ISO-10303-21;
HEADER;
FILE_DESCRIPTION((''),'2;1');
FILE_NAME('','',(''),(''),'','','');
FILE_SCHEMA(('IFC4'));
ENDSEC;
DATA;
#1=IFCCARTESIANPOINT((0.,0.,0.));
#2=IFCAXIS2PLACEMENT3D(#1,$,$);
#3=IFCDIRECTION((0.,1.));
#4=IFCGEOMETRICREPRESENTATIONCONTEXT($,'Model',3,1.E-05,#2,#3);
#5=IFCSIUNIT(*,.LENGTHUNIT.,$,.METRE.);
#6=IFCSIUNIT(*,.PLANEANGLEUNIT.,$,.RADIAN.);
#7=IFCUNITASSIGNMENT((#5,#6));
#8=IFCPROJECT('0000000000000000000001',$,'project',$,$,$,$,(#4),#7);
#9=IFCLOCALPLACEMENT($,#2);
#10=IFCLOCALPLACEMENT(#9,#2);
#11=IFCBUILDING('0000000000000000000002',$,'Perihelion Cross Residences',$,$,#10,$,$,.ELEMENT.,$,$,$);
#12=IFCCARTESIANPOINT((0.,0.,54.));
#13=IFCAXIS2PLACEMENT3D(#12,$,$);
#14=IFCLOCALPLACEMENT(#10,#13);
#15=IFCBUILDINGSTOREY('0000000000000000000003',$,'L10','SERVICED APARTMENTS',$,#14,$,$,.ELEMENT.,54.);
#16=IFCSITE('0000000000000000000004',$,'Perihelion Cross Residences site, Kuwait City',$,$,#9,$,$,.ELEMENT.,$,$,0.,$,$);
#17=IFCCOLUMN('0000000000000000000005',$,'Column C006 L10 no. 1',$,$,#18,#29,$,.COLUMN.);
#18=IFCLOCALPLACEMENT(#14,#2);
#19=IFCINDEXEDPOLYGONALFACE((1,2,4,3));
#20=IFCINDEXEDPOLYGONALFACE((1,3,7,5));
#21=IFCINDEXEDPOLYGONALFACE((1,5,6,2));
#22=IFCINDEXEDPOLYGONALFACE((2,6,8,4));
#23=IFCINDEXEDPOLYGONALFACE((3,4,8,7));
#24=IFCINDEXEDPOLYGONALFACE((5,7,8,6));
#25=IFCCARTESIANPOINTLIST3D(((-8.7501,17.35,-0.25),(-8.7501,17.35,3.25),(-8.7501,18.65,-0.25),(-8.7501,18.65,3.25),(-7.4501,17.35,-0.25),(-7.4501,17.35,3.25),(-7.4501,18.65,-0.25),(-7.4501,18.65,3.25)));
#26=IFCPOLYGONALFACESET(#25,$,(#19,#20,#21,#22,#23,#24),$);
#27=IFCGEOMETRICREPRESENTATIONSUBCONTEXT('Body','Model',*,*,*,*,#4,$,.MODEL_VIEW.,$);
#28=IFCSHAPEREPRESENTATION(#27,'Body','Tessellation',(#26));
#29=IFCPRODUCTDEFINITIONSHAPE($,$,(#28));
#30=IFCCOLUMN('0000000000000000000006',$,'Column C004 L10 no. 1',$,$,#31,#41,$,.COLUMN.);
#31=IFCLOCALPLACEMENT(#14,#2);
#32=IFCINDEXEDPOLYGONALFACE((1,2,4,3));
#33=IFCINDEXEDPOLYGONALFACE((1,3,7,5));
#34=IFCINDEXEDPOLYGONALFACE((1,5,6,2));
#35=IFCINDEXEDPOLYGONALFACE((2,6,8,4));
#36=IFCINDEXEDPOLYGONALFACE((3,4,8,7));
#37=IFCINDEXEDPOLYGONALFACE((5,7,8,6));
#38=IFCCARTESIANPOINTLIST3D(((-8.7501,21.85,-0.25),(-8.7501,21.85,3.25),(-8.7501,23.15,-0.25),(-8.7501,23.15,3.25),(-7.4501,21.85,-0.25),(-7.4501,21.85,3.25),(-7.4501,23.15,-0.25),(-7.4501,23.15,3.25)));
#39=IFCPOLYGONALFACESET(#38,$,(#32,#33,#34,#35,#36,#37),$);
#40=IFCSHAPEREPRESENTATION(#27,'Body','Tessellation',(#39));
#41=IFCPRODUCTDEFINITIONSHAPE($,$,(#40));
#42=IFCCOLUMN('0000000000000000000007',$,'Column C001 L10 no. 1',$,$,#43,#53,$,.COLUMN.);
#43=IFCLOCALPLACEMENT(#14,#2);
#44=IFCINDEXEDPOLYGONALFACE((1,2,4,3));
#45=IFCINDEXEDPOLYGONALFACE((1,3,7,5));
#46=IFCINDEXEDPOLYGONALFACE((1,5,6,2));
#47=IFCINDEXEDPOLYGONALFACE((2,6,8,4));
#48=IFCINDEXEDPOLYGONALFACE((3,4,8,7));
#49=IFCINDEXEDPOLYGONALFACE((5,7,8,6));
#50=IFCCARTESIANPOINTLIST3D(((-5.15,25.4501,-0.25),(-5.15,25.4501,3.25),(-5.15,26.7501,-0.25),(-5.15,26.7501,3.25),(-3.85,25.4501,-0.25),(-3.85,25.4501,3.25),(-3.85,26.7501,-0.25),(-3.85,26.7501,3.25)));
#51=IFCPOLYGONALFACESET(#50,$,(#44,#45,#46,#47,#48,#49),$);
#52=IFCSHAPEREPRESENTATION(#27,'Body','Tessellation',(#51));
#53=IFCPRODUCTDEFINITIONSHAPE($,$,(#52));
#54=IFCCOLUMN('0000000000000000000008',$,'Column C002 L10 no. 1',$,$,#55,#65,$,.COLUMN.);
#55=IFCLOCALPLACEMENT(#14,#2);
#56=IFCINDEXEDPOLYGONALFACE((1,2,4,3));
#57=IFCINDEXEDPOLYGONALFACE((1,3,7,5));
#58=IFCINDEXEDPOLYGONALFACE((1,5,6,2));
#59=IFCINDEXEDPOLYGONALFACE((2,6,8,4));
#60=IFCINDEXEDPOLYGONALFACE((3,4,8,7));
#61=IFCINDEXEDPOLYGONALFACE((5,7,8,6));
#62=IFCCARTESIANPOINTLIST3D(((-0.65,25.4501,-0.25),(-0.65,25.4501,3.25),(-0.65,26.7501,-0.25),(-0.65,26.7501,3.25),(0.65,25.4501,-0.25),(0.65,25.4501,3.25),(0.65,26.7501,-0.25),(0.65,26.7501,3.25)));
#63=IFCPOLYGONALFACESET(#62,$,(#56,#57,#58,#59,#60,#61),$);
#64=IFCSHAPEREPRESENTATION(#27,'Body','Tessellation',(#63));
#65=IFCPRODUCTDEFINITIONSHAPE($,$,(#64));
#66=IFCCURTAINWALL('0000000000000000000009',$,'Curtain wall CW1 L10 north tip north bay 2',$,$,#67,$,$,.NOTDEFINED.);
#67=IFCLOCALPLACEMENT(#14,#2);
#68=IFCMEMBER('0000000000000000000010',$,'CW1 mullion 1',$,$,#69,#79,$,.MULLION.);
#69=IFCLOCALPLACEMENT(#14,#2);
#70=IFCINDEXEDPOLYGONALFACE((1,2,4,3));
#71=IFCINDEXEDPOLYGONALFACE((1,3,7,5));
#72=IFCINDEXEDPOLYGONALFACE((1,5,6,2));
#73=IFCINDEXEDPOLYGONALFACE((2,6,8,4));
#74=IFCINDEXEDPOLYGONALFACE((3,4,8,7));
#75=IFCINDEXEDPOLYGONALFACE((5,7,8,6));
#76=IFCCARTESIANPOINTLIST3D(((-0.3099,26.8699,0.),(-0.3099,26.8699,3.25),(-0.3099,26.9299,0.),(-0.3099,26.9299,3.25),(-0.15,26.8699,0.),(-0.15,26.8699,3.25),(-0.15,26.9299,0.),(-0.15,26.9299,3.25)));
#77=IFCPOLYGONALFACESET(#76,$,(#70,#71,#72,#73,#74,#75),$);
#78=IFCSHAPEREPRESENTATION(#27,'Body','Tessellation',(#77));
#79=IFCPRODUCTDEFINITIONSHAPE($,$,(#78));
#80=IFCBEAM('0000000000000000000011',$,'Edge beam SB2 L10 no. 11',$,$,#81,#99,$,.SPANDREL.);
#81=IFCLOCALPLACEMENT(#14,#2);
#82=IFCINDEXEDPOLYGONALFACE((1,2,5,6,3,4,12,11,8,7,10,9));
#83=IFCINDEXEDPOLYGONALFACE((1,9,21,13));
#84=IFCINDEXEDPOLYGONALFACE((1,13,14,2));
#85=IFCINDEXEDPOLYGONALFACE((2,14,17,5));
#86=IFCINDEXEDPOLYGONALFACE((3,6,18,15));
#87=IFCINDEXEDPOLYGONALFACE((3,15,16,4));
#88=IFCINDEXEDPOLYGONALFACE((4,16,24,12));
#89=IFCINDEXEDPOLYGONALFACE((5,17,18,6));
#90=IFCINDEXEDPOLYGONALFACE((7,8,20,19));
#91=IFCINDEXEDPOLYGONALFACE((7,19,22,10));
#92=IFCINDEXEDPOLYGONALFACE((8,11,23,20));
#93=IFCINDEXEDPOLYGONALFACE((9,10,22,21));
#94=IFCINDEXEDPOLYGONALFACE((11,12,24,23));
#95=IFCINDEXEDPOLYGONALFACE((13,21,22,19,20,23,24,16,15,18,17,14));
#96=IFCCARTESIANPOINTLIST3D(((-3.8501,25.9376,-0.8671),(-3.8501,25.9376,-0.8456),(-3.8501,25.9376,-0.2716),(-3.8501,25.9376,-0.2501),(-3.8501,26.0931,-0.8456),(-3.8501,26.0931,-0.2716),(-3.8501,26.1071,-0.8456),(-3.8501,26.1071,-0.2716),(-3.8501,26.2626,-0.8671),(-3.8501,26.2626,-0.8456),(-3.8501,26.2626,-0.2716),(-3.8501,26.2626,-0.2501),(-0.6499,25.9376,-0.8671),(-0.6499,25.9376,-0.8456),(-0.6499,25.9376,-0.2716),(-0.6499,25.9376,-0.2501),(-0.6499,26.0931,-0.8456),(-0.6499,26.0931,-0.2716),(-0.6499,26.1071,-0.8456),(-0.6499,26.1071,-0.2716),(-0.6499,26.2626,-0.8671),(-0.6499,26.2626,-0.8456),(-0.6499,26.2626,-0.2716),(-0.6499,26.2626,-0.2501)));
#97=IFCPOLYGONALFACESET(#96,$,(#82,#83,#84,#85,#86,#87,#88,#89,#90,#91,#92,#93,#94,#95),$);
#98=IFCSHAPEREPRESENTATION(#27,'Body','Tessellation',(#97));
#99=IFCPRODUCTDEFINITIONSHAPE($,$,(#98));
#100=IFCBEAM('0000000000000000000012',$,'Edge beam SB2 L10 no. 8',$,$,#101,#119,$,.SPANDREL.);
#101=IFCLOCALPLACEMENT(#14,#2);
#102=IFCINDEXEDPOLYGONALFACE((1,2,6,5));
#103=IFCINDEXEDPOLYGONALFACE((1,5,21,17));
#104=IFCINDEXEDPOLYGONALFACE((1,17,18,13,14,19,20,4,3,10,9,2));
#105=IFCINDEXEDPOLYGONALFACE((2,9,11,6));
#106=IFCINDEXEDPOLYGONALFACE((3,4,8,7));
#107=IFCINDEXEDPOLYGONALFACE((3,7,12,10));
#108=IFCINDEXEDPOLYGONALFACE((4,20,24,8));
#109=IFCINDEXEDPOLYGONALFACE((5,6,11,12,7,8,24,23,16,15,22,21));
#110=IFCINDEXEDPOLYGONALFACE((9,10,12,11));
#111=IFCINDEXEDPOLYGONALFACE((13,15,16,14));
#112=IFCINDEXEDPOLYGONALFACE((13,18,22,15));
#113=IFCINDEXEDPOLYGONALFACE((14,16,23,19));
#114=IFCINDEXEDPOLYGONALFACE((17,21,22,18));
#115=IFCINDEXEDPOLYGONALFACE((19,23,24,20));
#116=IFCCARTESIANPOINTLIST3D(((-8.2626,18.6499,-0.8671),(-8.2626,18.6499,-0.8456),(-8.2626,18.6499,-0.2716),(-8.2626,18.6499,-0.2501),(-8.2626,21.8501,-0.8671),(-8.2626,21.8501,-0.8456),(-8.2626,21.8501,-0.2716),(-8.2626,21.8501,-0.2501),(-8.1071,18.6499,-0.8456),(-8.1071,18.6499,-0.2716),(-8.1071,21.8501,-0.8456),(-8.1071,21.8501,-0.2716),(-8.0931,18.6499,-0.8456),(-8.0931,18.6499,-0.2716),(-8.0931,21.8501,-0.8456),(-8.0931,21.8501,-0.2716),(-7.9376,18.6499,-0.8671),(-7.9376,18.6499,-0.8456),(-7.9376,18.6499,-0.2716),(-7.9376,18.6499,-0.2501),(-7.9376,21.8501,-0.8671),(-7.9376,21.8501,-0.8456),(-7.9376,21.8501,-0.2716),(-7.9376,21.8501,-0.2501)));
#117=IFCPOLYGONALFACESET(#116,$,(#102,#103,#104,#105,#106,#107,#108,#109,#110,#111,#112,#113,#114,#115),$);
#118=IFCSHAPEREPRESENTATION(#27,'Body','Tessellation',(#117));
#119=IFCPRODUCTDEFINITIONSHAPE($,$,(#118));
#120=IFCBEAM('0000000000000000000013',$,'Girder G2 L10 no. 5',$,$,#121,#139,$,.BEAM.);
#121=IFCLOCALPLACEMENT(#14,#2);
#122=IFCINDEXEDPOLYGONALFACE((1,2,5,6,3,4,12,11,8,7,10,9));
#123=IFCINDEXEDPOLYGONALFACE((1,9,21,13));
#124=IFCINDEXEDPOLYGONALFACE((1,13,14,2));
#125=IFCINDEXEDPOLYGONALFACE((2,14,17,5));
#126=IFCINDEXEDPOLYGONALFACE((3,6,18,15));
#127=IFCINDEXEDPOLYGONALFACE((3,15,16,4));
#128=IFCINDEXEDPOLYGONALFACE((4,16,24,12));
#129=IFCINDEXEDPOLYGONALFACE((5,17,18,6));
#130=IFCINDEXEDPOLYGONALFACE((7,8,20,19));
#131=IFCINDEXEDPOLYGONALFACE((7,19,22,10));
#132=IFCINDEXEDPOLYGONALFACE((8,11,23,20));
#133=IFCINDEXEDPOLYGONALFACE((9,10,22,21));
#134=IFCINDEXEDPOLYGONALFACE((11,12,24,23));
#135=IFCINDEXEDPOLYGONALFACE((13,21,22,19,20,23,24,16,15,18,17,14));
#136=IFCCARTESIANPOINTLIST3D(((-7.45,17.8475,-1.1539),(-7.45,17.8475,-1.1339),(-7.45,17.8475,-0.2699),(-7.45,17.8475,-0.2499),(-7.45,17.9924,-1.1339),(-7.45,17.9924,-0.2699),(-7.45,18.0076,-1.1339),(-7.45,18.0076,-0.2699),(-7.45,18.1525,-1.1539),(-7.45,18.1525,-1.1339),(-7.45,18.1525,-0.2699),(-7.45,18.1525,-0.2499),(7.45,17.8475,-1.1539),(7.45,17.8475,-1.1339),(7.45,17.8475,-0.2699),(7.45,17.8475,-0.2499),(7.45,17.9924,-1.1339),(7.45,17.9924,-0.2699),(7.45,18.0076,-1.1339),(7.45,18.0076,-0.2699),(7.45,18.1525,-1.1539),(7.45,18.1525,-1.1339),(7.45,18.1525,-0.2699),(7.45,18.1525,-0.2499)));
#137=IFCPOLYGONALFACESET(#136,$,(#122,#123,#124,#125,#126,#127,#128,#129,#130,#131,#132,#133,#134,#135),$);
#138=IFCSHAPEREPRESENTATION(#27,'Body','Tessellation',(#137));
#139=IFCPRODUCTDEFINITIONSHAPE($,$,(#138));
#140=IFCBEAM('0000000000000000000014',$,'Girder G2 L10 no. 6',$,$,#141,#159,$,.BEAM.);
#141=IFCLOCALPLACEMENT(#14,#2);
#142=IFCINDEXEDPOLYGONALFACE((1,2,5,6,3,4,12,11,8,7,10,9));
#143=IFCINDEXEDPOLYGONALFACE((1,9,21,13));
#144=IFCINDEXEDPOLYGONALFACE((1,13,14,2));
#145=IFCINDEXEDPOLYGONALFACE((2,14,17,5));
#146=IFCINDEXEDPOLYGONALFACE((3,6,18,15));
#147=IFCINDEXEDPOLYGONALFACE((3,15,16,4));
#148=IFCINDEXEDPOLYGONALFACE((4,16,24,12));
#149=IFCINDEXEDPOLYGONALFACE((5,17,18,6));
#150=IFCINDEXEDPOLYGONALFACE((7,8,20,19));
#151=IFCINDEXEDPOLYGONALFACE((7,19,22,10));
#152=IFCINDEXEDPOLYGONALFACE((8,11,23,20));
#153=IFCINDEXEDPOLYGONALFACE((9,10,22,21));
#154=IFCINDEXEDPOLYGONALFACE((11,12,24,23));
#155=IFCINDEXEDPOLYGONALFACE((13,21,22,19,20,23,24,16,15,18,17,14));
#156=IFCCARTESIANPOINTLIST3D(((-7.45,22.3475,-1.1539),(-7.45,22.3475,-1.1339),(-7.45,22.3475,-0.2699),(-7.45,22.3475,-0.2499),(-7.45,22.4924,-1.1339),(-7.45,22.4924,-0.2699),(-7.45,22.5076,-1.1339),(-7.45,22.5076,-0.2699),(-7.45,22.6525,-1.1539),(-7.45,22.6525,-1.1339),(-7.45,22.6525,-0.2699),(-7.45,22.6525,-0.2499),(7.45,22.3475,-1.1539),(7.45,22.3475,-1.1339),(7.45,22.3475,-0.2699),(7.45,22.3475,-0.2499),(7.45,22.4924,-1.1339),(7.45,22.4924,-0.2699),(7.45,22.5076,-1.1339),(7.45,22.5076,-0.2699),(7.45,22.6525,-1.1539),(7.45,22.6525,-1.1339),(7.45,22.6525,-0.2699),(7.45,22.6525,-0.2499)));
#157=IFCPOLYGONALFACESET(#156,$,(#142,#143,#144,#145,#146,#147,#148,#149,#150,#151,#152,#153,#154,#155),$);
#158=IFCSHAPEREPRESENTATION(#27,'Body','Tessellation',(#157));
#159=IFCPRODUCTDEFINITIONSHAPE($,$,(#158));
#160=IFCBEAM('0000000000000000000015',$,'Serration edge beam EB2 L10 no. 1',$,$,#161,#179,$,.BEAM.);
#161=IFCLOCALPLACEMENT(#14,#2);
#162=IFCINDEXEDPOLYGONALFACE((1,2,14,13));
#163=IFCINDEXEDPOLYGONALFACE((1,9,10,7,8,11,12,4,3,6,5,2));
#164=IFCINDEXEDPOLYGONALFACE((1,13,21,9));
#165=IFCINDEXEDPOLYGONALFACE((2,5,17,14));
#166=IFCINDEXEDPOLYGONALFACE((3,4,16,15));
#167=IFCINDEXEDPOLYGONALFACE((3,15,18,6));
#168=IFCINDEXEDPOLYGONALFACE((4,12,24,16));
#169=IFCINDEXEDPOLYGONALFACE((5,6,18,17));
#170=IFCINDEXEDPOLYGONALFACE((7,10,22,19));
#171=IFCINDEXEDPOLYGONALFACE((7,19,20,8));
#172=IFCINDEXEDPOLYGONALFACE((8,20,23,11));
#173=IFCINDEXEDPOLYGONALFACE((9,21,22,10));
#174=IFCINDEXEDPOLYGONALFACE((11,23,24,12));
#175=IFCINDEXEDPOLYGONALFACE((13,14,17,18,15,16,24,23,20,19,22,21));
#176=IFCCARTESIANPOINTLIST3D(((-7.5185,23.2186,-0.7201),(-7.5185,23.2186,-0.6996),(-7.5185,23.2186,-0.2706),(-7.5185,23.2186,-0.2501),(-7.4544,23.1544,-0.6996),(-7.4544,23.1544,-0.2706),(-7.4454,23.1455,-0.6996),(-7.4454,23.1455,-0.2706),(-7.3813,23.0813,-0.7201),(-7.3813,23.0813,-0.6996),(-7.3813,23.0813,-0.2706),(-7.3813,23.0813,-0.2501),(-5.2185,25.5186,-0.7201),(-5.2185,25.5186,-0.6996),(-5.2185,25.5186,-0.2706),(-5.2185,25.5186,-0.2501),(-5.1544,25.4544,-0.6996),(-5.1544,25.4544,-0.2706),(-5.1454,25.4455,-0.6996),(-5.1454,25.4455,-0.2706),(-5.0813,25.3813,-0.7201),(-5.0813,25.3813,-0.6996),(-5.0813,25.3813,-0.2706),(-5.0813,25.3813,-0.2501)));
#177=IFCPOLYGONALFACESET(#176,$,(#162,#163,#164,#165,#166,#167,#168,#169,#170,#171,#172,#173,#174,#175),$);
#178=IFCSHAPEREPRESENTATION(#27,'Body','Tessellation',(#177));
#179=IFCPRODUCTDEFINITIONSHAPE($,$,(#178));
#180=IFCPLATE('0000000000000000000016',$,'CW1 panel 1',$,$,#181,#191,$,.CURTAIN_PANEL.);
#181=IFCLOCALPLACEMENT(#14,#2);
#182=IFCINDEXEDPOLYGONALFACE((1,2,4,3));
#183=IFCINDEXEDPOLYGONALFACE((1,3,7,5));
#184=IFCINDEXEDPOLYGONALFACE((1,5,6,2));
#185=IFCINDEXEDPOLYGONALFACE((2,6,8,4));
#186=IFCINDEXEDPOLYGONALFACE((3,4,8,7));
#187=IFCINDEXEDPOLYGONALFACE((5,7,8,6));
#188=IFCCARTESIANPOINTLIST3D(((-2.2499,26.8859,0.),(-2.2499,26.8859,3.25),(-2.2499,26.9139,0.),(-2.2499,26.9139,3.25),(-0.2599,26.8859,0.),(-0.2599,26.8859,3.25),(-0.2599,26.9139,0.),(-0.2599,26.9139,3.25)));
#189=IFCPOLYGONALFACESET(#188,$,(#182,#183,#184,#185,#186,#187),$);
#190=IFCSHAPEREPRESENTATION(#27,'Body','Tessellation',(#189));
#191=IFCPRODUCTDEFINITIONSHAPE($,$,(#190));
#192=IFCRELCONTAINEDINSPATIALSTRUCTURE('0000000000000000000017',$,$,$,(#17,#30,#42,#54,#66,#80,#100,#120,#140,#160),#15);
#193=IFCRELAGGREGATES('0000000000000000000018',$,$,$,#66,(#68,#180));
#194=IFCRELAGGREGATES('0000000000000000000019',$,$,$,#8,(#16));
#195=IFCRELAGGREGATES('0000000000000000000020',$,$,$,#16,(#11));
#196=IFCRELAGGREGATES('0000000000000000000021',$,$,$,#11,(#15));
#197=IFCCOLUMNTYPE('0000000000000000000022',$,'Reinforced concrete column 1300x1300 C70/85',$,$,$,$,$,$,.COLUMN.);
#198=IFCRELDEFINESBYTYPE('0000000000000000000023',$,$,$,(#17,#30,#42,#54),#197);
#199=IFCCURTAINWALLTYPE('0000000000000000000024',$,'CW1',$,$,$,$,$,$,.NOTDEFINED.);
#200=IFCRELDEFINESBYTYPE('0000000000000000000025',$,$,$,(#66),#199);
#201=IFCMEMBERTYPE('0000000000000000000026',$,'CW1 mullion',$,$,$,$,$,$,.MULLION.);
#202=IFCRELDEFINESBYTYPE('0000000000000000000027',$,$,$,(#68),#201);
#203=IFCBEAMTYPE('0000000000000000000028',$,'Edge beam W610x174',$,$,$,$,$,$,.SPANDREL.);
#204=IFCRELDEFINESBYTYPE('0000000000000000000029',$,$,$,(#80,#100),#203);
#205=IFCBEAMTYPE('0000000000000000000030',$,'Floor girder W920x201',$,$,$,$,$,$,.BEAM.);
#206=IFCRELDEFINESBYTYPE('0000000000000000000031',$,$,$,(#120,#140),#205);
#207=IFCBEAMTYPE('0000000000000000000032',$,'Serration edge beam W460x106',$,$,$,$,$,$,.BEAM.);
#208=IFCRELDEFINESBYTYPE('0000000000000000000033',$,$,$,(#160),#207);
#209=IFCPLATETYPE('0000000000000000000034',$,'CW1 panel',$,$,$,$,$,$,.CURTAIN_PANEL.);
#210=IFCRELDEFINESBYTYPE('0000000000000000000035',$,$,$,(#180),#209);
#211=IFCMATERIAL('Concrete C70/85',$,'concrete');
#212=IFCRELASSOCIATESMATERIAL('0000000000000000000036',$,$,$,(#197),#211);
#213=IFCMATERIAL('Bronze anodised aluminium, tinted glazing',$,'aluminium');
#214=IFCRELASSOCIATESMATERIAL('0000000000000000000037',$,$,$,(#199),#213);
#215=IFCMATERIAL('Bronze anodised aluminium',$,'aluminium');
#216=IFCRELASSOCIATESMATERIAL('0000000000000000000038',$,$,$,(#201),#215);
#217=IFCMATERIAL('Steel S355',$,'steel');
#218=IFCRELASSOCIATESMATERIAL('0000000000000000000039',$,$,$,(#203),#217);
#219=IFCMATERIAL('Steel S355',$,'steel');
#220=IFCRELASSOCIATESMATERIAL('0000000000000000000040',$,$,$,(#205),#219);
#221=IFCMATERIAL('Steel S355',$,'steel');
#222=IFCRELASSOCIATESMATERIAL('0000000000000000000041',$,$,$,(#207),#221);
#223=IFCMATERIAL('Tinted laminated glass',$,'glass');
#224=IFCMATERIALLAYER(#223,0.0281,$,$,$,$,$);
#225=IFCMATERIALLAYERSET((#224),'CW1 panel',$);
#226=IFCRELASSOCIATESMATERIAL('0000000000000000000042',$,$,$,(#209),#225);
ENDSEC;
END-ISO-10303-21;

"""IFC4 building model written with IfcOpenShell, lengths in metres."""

from ifc_helpers import new_model, si_unit, direction, frame, origin, origin_2d, place, context, subcontext, project, spatial, rectangle, i_section, extrude, material, layer, layer_set, material_profile, profile_set, type_object, element, aggregate, save


model = new_model("IFC4")

# Units and contexts
model_context = context("Model", 3, precision=1e-05, world=origin(), true_north=direction((0.0, 1.0)))
body_context = subcontext(model_context, "Body", "Model", "MODEL_VIEW")
ifc_project = project(units=[si_unit("LENGTHUNIT", "METRE"), si_unit("PLANEANGLEUNIT", "RADIAN")], contexts=[model_context])

# Site, building, storey
site_placement = place(None, origin())
site = spatial("IfcSite", under=ifc_project, at=site_placement, Name="Perihelion Cross Residences site, Kuwait City", CompositionType="ELEMENT", RefElevation=0.0)
building_placement = place(site_placement, origin())
building = spatial("IfcBuilding", under=site, at=building_placement, Name="Perihelion Cross Residences", CompositionType="ELEMENT")
storey_placement = place(building_placement, frame((0.0, 0.0, 54.0)))
storey = spatial("IfcBuildingStorey", under=building, at=storey_placement, Name="L10", Description="SERVICED APARTMENTS", CompositionType="ELEMENT", Elevation=54.0)

# Columns
ifc_material_1 = material(Name="Concrete C70/85", Category="concrete")
ifc_material_profile_1 = material_profile(ifc_material_1, rectangle(XDim=1.3, YDim=1.3, at=origin_2d()), Name="RC 1300x1300")
ifc_profile_set_1 = profile_set([ifc_material_profile_1], Name="Concrete C70/85")
column_type = type_object("IfcColumnType", Name="Reinforced concrete column 1300x1300 C70/85", PredefinedType="COLUMN", material=ifc_profile_set_1)
for number, where, z_axis, x_axis, name in (
    (1, (-8.1001, 18.0, -0.25), (0.0, 0.0, 1.0), (1.0, 0.0, 0.0), "Column C006 L10 no. 1"),
    (2, (-8.1001, 22.5, -0.25), (0.0, 0.0, 1.0), (1.0, 0.0, 0.0), "Column C004 L10 no. 1"),
    (3, (-4.5, 26.1001, -0.25), (0.0, 0.0, 1.0), (1.0, 0.0, 0.0), "Column C001 L10 no. 1"),
    (4, (0.0, 26.1001, -0.25), (0.0, 0.0, 1.0), (1.0, 0.0, 0.0), "Column C002 L10 no. 1"),
):
    element("IfcColumn", number, at=place(storey_placement, frame(where, z_axis=z_axis, x_axis=x_axis)), inside=storey, type_object=column_type, Name=name, PredefinedType="COLUMN", context=body_context, shape_type="SweptSolid", body=[
        extrude(rectangle(XDim=1.3, YDim=1.3, at=origin_2d()), origin(), (0.0, 0.0, 1.0), 3.5),
    ])

# Curtain wall, member
ifc_material_2 = material(Name="Bronze anodised aluminium, tinted glazing", Category="aluminium")
curtain_wall_type = type_object("IfcCurtainWallType", Name="CW1", PredefinedType="NOTDEFINED", material=ifc_material_2)
curtain_wall_placement = place(storey_placement, origin())
curtain_wall = element("IfcCurtainWall", 5, at=curtain_wall_placement, inside=storey, type_object=curtain_wall_type, Name="Curtain wall CW1 L10 north tip north bay 2", PredefinedType="NOTDEFINED")
ifc_material_3 = material(Name="Bronze anodised aluminium", Category="aluminium")
ifc_material_profile_2 = material_profile(ifc_material_3, rectangle(XDim=0.0601, YDim=0.1599, at=origin_2d()), Name="CW1 mullion")
ifc_profile_set_2 = profile_set([ifc_material_profile_2], Name="Bronze anodised aluminium")
member_type = type_object("IfcMemberType", Name="CW1 mullion", PredefinedType="MULLION", material=ifc_profile_set_2)
member_placement = place(storey_placement, frame((-0.23, 26.8999, 0.0), z_axis=(0.0, 0.0, 1.0), x_axis=(0.0, -1.0, 0.0)))
member = element("IfcMember", 6, at=member_placement, type_object=member_type, Name="CW1 mullion 1", PredefinedType="MULLION", context=body_context, shape_type="SweptSolid", body=[
    extrude(rectangle(XDim=0.0601, YDim=0.1599, at=origin_2d()), origin(), (0.0, 0.0, 1.0), 3.25),
])

# Beams
ifc_material_4 = material(Name="Steel S355", Category="steel")
ifc_material_profile_3 = material_profile(ifc_material_4, i_section(OverallWidth=0.325, OverallDepth=0.6169, WebThickness=0.0139, FlangeThickness=0.0215, at=origin_2d()), Name="W610x174")
ifc_profile_set_3 = profile_set([ifc_material_profile_3], Name="Steel S355")
beam_type_1 = type_object("IfcBeamType", Name="Edge beam W610x174", PredefinedType="SPANDREL", material=ifc_profile_set_3)
for number, where, z_axis, x_axis, name in (
    (7, (-0.6499, 26.1001, -0.5586), (-1.0, 0.0, 0.0), (0.0, -1.0, 0.0), "Edge beam SB2 L10 no. 11"),
    (8, (-8.1001, 21.8501, -0.5586), (0.0, -1.0, 0.0), (1.0, 0.0, 0.0), "Edge beam SB2 L10 no. 8"),
):
    element("IfcBeam", number, at=place(storey_placement, frame(where, z_axis=z_axis, x_axis=x_axis)), inside=storey, type_object=beam_type_1, Name=name, PredefinedType="SPANDREL", context=body_context, shape_type="SweptSolid", body=[
        extrude(i_section(OverallWidth=0.325, OverallDepth=0.6169, WebThickness=0.0139, FlangeThickness=0.0215, at=origin_2d()), origin(), (0.0, 0.0, 1.0), 3.2002),
    ])
ifc_material_5 = material(Name="Steel S355", Category="steel")
ifc_material_profile_4 = material_profile(ifc_material_5, i_section(OverallWidth=0.3049, OverallDepth=0.9041, WebThickness=0.0151, FlangeThickness=0.02, at=origin_2d()), Name="W920x201")
ifc_profile_set_4 = profile_set([ifc_material_profile_4], Name="Steel S355")
beam_type_2 = type_object("IfcBeamType", Name="Floor girder W920x201", PredefinedType="BEAM", material=ifc_profile_set_4)
for number, where, z_axis, x_axis, name in (
    (9, (-7.45, 18.0, -0.7019), (1.0, 0.0, 0.0), (0.0, 1.0, 0.0), "Girder G2 L10 no. 5"),
    (10, (-7.45, 22.5, -0.7019), (1.0, 0.0, 0.0), (0.0, 1.0, 0.0), "Girder G2 L10 no. 6"),
):
    element("IfcBeam", number, at=place(storey_placement, frame(where, z_axis=z_axis, x_axis=x_axis)), inside=storey, type_object=beam_type_2, Name=name, PredefinedType="BEAM", context=body_context, shape_type="SweptSolid", body=[
        extrude(i_section(OverallWidth=0.3049, OverallDepth=0.9041, WebThickness=0.0151, FlangeThickness=0.02, at=origin_2d()), origin(), (0.0, 0.0, 1.0), 14.8999),
    ])
ifc_material_6 = material(Name="Steel S355", Category="steel")
ifc_material_profile_5 = material_profile(ifc_material_6, i_section(OverallWidth=0.1941, OverallDepth=0.47, WebThickness=0.0127, FlangeThickness=0.0205, at=origin_2d()), Name="W460x106")
ifc_profile_set_5 = profile_set([ifc_material_profile_5], Name="Steel S355")
beam_type_3 = type_object("IfcBeamType", Name="Serration edge beam W460x106", PredefinedType="BEAM", material=ifc_profile_set_5)
beam_placement = place(storey_placement, frame((-5.1499, 25.45, -0.4851), z_axis=(-0.707107, -0.707107, 0.0), x_axis=(0.707107, -0.707107, 0.0)))
element("IfcBeam", 11, at=beam_placement, inside=storey, type_object=beam_type_3, Name="Serration edge beam EB2 L10 no. 1", PredefinedType="BEAM", context=body_context, shape_type="SweptSolid", body=[
    extrude(i_section(OverallWidth=0.1941, OverallDepth=0.47, WebThickness=0.0127, FlangeThickness=0.0205, at=origin_2d()), origin(), (0.0, 0.0, 1.0), 3.2527),
])

# Plate
ifc_material_7 = material(Name="Tinted laminated glass", Category="glass")
ifc_layer_1 = layer(ifc_material_7, 0.0281)
ifc_layer_set_1 = layer_set([ifc_layer_1], Name="CW1 panel")
plate_type = type_object("IfcPlateType", Name="CW1 panel", PredefinedType="CURTAIN_PANEL", material=ifc_layer_set_1)
plate_placement = place(storey_placement, frame((-1.2549, 26.8999, 0.0), z_axis=(0.0, 0.0, 1.0), x_axis=(-1.0, 0.0, 0.0)))
plate = element("IfcPlate", 12, at=plate_placement, type_object=plate_type, Name="CW1 panel 1", PredefinedType="CURTAIN_PANEL", context=body_context, shape_type="SweptSolid", body=[
    extrude(rectangle(XDim=1.99, YDim=0.0281, at=origin_2d()), origin(), (0.0, 0.0, 1.0), 3.25),
])
aggregate(curtain_wall, [member, plate])

save(model, "model.ifc")
